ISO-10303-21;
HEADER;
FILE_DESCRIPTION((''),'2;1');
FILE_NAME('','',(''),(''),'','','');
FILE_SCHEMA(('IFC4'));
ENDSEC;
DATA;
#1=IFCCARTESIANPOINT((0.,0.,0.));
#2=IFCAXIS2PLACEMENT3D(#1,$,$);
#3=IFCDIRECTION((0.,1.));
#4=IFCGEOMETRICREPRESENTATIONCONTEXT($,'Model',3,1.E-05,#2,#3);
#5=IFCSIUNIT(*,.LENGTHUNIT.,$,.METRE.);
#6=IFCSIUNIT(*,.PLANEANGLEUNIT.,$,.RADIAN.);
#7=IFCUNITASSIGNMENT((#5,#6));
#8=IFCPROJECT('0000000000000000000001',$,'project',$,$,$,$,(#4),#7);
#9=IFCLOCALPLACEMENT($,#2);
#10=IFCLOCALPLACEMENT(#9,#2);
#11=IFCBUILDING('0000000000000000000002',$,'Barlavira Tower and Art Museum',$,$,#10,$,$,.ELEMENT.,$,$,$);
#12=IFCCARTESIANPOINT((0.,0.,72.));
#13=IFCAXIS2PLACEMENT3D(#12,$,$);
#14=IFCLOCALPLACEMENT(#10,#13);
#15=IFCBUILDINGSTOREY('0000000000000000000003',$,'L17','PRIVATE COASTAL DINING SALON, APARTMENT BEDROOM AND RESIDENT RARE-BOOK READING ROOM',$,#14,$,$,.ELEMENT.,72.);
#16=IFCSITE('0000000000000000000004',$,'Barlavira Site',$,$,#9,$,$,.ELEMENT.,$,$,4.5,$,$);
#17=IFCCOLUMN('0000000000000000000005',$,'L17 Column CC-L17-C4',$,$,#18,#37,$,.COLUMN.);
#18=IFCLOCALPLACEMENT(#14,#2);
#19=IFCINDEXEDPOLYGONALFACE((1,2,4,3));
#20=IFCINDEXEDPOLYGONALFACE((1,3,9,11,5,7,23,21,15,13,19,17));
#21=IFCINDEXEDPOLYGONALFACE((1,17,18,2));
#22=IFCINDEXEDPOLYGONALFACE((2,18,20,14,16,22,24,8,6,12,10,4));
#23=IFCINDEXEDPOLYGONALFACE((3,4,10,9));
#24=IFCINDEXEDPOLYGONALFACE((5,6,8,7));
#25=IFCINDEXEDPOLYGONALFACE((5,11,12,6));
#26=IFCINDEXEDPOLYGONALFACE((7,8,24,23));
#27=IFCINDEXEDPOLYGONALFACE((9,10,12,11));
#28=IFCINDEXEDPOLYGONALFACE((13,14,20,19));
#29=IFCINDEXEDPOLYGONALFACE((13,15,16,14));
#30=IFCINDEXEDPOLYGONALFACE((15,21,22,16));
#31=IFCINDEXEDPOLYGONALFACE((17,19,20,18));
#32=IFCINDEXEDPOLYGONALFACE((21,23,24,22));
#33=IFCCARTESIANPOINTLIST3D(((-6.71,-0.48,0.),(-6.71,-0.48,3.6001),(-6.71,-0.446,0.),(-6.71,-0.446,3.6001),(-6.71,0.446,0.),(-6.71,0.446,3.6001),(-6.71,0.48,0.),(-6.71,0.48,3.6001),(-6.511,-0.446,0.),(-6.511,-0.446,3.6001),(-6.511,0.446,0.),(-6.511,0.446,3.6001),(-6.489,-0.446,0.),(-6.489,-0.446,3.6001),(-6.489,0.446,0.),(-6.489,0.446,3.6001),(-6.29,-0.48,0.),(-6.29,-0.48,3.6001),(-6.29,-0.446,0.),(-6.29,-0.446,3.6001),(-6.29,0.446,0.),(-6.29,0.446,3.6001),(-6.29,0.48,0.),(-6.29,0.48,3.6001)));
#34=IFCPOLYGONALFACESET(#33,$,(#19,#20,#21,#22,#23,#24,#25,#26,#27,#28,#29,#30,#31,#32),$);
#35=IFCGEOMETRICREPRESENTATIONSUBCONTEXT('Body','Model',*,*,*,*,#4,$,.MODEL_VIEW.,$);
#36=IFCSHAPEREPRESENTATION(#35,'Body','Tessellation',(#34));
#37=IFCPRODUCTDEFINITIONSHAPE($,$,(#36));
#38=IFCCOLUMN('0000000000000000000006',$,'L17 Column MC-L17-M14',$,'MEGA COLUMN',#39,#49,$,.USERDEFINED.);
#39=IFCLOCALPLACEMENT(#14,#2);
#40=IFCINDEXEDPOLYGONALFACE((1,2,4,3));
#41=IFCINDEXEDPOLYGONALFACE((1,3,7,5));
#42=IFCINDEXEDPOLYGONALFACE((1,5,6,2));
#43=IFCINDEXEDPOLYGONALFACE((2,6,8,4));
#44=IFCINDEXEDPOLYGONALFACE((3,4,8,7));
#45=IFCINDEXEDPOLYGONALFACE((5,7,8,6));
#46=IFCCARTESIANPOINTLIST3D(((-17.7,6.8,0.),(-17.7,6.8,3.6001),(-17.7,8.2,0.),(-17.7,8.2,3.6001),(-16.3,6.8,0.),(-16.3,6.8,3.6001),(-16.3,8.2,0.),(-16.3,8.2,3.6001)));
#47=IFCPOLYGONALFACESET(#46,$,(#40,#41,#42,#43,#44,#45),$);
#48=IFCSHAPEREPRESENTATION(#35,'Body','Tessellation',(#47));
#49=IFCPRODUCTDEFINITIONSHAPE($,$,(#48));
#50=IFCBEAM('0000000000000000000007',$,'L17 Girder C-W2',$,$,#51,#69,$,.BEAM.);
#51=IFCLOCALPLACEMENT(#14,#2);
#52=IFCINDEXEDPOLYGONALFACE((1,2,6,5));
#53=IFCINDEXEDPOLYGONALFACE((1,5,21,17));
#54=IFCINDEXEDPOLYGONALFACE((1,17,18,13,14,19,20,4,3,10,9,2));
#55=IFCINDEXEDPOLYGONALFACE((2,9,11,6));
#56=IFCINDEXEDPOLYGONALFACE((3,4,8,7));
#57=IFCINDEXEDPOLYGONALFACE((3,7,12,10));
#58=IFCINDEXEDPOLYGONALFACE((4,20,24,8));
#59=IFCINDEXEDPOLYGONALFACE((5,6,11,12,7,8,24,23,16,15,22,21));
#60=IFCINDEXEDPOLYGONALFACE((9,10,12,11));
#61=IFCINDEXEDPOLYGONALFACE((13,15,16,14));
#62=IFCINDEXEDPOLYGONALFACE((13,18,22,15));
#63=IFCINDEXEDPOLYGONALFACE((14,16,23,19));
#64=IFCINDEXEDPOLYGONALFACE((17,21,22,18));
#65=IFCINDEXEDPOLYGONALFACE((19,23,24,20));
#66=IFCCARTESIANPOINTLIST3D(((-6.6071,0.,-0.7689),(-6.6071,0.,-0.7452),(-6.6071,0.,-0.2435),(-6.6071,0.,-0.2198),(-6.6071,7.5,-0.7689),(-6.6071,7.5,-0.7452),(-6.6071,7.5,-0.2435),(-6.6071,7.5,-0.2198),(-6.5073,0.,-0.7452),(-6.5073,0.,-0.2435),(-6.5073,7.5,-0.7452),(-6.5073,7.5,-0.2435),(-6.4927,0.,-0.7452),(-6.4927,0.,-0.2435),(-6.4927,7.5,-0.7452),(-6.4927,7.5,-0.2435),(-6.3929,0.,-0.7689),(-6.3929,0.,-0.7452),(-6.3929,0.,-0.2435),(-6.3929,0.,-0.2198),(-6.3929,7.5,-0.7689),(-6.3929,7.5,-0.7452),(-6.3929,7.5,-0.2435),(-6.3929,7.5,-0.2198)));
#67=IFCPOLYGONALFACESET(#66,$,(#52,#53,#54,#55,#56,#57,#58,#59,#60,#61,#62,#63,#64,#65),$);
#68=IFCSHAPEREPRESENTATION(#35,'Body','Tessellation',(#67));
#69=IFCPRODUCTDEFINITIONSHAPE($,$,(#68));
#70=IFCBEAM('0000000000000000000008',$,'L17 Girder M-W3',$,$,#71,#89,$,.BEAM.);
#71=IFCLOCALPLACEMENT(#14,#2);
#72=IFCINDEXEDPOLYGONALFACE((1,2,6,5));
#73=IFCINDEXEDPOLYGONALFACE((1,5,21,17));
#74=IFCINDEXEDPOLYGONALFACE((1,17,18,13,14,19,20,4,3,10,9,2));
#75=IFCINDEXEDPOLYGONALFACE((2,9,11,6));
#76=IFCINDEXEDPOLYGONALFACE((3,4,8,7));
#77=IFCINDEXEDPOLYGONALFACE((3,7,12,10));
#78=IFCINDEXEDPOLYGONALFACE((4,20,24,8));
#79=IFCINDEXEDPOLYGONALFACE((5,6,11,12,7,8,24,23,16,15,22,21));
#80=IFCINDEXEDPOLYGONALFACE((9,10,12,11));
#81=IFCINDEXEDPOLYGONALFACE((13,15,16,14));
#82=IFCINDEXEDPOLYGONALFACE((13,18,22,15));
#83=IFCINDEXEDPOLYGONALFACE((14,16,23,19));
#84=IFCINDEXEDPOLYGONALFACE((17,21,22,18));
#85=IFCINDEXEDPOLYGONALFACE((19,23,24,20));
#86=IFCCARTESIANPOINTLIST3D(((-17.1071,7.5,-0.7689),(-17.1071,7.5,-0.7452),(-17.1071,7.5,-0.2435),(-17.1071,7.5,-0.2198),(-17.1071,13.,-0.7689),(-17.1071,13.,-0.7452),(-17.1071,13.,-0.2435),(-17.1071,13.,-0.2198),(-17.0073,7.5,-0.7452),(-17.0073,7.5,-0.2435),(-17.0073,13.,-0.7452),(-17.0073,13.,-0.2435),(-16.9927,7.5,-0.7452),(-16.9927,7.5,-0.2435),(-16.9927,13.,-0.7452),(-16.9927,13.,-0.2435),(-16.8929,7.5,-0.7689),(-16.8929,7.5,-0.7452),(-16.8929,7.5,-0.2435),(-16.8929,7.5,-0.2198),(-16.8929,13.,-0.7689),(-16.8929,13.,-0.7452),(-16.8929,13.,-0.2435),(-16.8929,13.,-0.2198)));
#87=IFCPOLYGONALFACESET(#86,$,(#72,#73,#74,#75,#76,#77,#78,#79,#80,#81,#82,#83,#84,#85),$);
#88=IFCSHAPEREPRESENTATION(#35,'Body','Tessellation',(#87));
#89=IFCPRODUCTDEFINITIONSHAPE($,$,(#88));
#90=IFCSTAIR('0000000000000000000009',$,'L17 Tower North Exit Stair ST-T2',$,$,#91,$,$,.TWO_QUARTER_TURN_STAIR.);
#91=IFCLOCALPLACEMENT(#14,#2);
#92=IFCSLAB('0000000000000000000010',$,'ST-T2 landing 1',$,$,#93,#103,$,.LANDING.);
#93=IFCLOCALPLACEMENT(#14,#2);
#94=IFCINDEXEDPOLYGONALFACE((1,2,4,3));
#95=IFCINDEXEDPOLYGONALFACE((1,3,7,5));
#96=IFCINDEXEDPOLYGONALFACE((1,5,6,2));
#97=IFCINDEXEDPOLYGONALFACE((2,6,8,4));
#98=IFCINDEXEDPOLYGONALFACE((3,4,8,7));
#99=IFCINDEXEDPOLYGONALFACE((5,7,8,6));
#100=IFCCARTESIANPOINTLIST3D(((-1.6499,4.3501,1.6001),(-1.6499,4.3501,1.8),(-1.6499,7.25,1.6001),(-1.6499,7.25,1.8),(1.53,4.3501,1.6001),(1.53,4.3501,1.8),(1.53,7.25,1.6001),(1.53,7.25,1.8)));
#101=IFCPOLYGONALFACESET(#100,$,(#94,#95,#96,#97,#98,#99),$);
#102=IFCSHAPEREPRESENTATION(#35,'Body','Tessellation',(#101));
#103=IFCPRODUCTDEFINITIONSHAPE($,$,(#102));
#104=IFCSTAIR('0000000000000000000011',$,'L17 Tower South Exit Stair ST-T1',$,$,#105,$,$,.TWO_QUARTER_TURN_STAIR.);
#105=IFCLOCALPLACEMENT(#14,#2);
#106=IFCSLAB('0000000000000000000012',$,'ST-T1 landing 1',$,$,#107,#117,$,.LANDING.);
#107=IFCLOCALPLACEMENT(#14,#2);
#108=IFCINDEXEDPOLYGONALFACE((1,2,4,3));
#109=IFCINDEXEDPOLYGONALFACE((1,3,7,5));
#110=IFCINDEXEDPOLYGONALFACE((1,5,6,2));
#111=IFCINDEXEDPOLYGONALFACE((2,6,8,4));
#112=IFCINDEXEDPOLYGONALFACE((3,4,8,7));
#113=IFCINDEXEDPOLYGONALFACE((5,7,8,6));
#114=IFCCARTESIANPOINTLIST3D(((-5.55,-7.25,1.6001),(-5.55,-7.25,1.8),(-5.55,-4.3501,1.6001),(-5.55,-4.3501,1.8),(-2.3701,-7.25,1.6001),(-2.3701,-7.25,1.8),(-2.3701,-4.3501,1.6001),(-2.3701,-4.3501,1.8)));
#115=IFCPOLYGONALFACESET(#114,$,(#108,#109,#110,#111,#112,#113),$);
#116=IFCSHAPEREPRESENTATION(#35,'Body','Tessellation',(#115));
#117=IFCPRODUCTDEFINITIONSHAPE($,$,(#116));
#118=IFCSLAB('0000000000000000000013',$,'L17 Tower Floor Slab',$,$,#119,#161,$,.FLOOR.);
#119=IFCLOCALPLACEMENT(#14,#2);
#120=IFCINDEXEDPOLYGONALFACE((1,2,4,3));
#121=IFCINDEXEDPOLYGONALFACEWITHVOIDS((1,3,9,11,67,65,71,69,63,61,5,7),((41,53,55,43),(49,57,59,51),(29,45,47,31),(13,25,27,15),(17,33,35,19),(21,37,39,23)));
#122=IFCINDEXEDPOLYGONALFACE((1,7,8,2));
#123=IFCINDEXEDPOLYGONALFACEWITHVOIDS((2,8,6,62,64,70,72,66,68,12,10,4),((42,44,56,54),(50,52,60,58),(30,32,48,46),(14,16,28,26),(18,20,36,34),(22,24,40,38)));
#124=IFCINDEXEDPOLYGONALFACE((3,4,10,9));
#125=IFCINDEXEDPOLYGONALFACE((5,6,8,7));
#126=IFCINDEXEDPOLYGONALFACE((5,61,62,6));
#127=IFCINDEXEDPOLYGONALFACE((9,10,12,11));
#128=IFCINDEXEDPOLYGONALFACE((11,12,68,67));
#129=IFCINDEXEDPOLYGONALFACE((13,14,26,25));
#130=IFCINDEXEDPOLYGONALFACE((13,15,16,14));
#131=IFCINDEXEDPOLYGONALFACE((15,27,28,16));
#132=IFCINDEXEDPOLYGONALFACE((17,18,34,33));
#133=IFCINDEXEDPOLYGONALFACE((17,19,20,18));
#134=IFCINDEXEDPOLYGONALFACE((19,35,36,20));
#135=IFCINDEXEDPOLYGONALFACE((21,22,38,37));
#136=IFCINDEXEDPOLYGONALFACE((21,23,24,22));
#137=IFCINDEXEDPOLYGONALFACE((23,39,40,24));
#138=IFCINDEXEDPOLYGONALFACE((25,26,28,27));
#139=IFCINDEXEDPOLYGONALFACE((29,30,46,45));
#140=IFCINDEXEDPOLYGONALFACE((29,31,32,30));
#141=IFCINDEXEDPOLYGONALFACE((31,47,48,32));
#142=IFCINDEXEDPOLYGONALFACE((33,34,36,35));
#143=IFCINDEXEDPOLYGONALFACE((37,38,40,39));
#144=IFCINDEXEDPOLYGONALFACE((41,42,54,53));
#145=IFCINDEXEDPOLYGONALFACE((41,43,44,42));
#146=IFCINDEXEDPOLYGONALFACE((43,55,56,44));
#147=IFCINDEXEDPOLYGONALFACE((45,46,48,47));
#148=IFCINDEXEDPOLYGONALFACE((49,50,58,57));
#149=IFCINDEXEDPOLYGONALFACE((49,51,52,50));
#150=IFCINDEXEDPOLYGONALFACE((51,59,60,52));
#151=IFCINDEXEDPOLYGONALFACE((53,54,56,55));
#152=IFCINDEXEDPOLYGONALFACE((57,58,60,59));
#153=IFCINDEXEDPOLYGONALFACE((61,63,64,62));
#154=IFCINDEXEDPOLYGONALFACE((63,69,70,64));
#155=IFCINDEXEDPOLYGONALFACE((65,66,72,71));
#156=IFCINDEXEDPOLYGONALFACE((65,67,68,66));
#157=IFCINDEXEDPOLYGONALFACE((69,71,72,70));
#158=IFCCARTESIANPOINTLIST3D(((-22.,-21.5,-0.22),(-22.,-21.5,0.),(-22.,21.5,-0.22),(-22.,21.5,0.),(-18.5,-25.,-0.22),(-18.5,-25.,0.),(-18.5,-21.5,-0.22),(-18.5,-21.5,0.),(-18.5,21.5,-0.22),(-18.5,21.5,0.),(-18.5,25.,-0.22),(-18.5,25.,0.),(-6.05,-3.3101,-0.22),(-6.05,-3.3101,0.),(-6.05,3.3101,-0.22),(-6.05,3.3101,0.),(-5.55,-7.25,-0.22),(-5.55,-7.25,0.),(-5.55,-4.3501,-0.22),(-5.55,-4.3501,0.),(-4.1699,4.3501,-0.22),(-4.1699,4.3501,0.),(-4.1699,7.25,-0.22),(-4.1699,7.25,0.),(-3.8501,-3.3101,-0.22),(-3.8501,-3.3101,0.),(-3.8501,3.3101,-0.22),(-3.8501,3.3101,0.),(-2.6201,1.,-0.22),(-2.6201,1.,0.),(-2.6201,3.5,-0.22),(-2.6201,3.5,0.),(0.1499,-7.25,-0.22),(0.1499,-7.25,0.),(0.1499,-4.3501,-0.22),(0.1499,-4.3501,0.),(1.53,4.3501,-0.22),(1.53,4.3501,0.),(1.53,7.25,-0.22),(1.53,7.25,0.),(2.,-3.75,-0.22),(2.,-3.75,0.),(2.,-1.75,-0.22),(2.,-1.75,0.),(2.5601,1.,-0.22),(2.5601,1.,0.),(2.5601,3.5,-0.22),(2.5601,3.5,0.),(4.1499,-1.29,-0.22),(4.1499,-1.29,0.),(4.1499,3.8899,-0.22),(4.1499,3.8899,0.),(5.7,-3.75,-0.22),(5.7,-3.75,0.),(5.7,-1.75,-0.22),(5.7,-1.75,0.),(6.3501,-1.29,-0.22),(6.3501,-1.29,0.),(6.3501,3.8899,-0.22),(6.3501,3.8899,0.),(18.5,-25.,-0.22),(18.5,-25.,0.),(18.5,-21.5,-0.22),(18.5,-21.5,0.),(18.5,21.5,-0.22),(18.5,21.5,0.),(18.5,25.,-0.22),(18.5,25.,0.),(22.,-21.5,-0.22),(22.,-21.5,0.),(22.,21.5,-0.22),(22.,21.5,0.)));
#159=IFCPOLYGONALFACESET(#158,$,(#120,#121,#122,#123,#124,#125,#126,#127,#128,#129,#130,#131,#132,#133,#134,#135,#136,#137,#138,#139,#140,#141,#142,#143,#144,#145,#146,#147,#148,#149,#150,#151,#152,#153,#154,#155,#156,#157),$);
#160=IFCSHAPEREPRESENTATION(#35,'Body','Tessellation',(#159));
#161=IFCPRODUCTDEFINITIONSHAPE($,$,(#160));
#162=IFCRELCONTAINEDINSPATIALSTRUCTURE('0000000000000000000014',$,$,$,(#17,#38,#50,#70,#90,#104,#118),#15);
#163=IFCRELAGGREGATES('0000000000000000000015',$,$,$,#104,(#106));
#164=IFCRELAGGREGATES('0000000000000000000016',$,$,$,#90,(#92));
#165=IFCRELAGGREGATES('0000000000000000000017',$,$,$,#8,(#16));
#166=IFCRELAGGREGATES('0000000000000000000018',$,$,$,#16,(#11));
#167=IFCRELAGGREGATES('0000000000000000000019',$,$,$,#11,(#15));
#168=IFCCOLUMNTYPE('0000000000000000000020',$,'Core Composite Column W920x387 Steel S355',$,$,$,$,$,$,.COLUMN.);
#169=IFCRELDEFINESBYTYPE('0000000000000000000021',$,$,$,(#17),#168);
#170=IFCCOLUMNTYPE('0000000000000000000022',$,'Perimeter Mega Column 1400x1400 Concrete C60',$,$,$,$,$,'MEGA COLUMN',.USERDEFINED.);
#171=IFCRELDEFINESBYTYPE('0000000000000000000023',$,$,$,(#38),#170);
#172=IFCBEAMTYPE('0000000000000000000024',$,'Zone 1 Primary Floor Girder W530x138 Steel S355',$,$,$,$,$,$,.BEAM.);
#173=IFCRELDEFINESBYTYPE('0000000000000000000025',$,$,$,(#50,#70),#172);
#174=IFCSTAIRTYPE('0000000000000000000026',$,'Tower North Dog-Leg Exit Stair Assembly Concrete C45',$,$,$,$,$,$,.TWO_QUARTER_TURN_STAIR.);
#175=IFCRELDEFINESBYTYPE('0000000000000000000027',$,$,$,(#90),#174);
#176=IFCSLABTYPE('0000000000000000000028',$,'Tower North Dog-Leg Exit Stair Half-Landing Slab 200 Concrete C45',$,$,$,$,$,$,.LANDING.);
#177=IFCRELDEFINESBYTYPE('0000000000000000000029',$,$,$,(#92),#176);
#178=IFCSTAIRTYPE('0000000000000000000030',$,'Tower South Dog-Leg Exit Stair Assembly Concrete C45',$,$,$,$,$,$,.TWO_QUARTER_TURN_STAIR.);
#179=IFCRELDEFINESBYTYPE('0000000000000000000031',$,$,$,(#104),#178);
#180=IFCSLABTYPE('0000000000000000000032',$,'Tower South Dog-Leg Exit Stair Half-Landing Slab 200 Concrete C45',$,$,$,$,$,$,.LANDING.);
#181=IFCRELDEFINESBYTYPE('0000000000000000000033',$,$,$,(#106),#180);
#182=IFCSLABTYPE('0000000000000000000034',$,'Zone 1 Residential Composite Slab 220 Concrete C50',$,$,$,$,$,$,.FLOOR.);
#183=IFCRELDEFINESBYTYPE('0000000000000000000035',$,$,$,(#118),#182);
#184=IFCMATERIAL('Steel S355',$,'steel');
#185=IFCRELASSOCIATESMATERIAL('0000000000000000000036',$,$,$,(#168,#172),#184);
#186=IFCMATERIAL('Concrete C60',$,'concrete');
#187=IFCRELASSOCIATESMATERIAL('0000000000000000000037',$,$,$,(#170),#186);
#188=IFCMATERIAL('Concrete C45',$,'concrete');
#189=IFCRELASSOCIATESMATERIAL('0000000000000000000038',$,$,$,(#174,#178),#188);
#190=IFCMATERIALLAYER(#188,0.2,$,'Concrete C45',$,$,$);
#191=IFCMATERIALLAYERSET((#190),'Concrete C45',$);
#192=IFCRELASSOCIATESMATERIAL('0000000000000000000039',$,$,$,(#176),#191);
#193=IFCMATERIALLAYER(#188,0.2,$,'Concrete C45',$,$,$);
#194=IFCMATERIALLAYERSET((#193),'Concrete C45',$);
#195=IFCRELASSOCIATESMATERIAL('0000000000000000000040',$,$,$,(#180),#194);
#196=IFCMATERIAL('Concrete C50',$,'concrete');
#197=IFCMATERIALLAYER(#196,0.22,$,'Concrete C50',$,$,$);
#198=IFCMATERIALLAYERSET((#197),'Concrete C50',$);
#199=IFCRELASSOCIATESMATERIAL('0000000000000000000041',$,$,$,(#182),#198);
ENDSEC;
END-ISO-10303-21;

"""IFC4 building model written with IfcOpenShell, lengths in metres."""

from ifc_helpers import new_model, si_unit, direction, frame, origin, origin_2d, place, context, subcontext, project, spatial, polyline, rectangle, i_section, outline, extrude, material, layer, layer_set, material_profile, profile_set, type_object, element, aggregate, save


model = new_model("IFC4")

# Units and contexts
model_context = context("Model", 3, precision=1e-05, world=origin(), true_north=direction((0.0, 1.0)))
body_context = subcontext(model_context, "Body", "Model", "MODEL_VIEW")
ifc_project = project(units=[si_unit("LENGTHUNIT", "METRE"), si_unit("PLANEANGLEUNIT", "RADIAN")], contexts=[model_context])

# Site, building, storey
site_placement = place(None, origin())
site = spatial("IfcSite", under=ifc_project, at=site_placement, Name="Barlavira Site", CompositionType="ELEMENT", RefElevation=4.5)
building_placement = place(site_placement, origin())
building = spatial("IfcBuilding", under=site, at=building_placement, Name="Barlavira Tower and Art Museum", CompositionType="ELEMENT")
storey_placement = place(building_placement, frame((0.0, 0.0, 72.0)))
storey = spatial("IfcBuildingStorey", under=building, at=storey_placement, Name="L17", Description="PRIVATE COASTAL DINING SALON, APARTMENT BEDROOM AND RESIDENT RARE-BOOK READING ROOM", CompositionType="ELEMENT", Elevation=72.0)

# Columns
ifc_material_1 = material(Name="Steel S355", Category="steel")
ifc_material_profile_1 = material_profile(ifc_material_1, i_section(OverallWidth=0.4199, OverallDepth=0.96, WebThickness=0.022, FlangeThickness=0.0339, at=origin_2d()), Name="W920x387.0")
ifc_profile_set_1 = profile_set([ifc_material_profile_1], Name="Steel S355")
column_type_1 = type_object("IfcColumnType", Name="Core Composite Column W920x387 Steel S355", PredefinedType="COLUMN", material=ifc_profile_set_1)
column_1_placement = place(storey_placement, frame((-6.5, 0.0, 0.0), z_axis=(0.0, 0.0, 1.0), x_axis=(1.0, 0.0, 0.0)))
element("IfcColumn", 1, at=column_1_placement, inside=storey, type_object=column_type_1, Name="L17 Column CC-L17-C4", PredefinedType="COLUMN", context=body_context, shape_type="SweptSolid", body=[
    extrude(i_section(OverallWidth=0.4199, OverallDepth=0.96, WebThickness=0.022, FlangeThickness=0.0339, at=origin_2d()), origin(), (0.0, 0.0, 1.0), 3.6001),
])
ifc_material_2 = material(Name="Concrete C60", Category="concrete")
ifc_material_profile_2 = material_profile(ifc_material_2, rectangle(XDim=1.3999, YDim=1.3999, at=origin_2d()), Name="RC-MCOL 1400x1400")
ifc_profile_set_2 = profile_set([ifc_material_profile_2], Name="Concrete C60")
column_type_2 = type_object("IfcColumnType", Name="Perimeter Mega Column 1400x1400 Concrete C60", ElementType="MEGA COLUMN", PredefinedType="USERDEFINED", material=ifc_profile_set_2)
column_2_placement = place(storey_placement, frame((-17.0, 7.5, 0.0), z_axis=(0.0, 0.0, 1.0), x_axis=(1.0, 0.0, 0.0)))
element("IfcColumn", 2, at=column_2_placement, inside=storey, type_object=column_type_2, Name="L17 Column MC-L17-M14", ObjectType="MEGA COLUMN", PredefinedType="USERDEFINED", context=body_context, shape_type="SweptSolid", body=[
    extrude(rectangle(XDim=1.3999, YDim=1.3999, at=origin_2d()), origin(), (0.0, 0.0, 1.0), 3.6001),
])

# Beams
ifc_material_profile_3 = material_profile(ifc_material_1, i_section(OverallWidth=0.2141, OverallDepth=0.5491, WebThickness=0.0146, FlangeThickness=0.0237, at=origin_2d()), Name="W530x138.0")
ifc_profile_set_3 = profile_set([ifc_material_profile_3], Name="Steel S355")
beam_type = type_object("IfcBeamType", Name="Zone 1 Primary Floor Girder W530x138 Steel S355", PredefinedType="BEAM", material=ifc_profile_set_3)
beam_1_placement = place(storey_placement, frame((-6.5, 0.0, -0.4944), z_axis=(0.0, 1.0, 0.0), x_axis=(-1.0, 0.0, 0.0)))
element("IfcBeam", 3, at=beam_1_placement, inside=storey, type_object=beam_type, Name="L17 Girder C-W2", PredefinedType="BEAM", context=body_context, shape_type="SweptSolid", body=[
    extrude(i_section(OverallWidth=0.2141, OverallDepth=0.5491, WebThickness=0.0146, FlangeThickness=0.0237, at=origin_2d()), origin(), (0.0, 0.0, 1.0), 7.5),
])
beam_2_placement = place(storey_placement, frame((-17.0, 7.5, -0.4944), z_axis=(0.0, 1.0, 0.0), x_axis=(-1.0, 0.0, 0.0)))
element("IfcBeam", 4, at=beam_2_placement, inside=storey, type_object=beam_type, Name="L17 Girder M-W3", PredefinedType="BEAM", context=body_context, shape_type="SweptSolid", body=[
    extrude(i_section(OverallWidth=0.2141, OverallDepth=0.5491, WebThickness=0.0146, FlangeThickness=0.0237, at=origin_2d()), origin(), (0.0, 0.0, 1.0), 5.5),
])

# Stairs, slabs
ifc_material_3 = material(Name="Concrete C45", Category="concrete")
stair_type_1 = type_object("IfcStairType", Name="Tower North Dog-Leg Exit Stair Assembly Concrete C45", PredefinedType="TWO_QUARTER_TURN_STAIR", material=ifc_material_3)
stair_1_placement = place(storey_placement, origin())
stair_1 = element("IfcStair", 5, at=stair_1_placement, inside=storey, type_object=stair_type_1, Name="L17 Tower North Exit Stair ST-T2", PredefinedType="TWO_QUARTER_TURN_STAIR")
ifc_layer_1 = layer(ifc_material_3, 0.2, Name="Concrete C45")
ifc_layer_set_1 = layer_set([ifc_layer_1], Name="Concrete C45")
slab_type_1 = type_object("IfcSlabType", Name="Tower North Dog-Leg Exit Stair Half-Landing Slab 200 Concrete C45", PredefinedType="LANDING", material=ifc_layer_set_1)
slab_1_placement = place(storey_placement, frame((0.0, 0.0, 1.6001)))
slab_1 = element("IfcSlab", 6, at=slab_1_placement, type_object=slab_type_1, Name="ST-T2 landing 1", PredefinedType="LANDING", context=body_context, shape_type="SweptSolid", body=[
    extrude(outline(polyline([(-1.6499, 4.3501), (1.53, 4.3501), (1.53, 7.25), (-1.6499, 7.25), (-1.6499, 4.3501)])), origin(), (0.0, 0.0, 1.0), 0.2),
])
stair_type_2 = type_object("IfcStairType", Name="Tower South Dog-Leg Exit Stair Assembly Concrete C45", PredefinedType="TWO_QUARTER_TURN_STAIR", material=ifc_material_3)
stair_2_placement = place(storey_placement, origin())
stair_2 = element("IfcStair", 7, at=stair_2_placement, inside=storey, type_object=stair_type_2, Name="L17 Tower South Exit Stair ST-T1", PredefinedType="TWO_QUARTER_TURN_STAIR")
ifc_layer_2 = layer(ifc_material_3, 0.2, Name="Concrete C45")
ifc_layer_set_2 = layer_set([ifc_layer_2], Name="Concrete C45")
slab_type_2 = type_object("IfcSlabType", Name="Tower South Dog-Leg Exit Stair Half-Landing Slab 200 Concrete C45", PredefinedType="LANDING", material=ifc_layer_set_2)
slab_2_placement = place(storey_placement, frame((0.0, 0.0, 1.6001)))
slab_2 = element("IfcSlab", 8, at=slab_2_placement, type_object=slab_type_2, Name="ST-T1 landing 1", PredefinedType="LANDING", context=body_context, shape_type="SweptSolid", body=[
    extrude(outline(polyline([(-2.3701, -4.3501), (-5.55, -4.3501), (-5.55, -7.25), (-2.3701, -7.25), (-2.3701, -4.3501)])), origin(), (0.0, 0.0, 1.0), 0.2),
])
aggregate(stair_2, [slab_2])

# Slab
ifc_material_4 = material(Name="Concrete C50", Category="concrete")
ifc_layer_3 = layer(ifc_material_4, 0.22, Name="Concrete C50")
ifc_layer_set_3 = layer_set([ifc_layer_3], Name="Concrete C50")
slab_type_3 = type_object("IfcSlabType", Name="Zone 1 Residential Composite Slab 220 Concrete C50", PredefinedType="FLOOR", material=ifc_layer_set_3)
slab_3_placement = place(storey_placement, frame((0.0, 0.0, -0.22)))
element("IfcSlab", 9, at=slab_3_placement, inside=storey, type_object=slab_type_3, Name="L17 Tower Floor Slab", PredefinedType="FLOOR", context=body_context, shape_type="SweptSolid", body=[
    extrude(outline(polyline([(-18.5, -25.0), (18.5, -25.0), (18.5, -21.5), (22.0, -21.5), (22.0, 21.5), (18.5, 21.5), (18.5, 25.0), (-18.5, 25.0), (-18.5, 21.5), (-22.0, 21.5), (-22.0, -21.5), (-18.5, -21.5), (-18.5, -25.0)]), holes=[polyline([(0.1499, -4.3501), (-5.55, -4.3501), (-5.55, -7.25), (0.1499, -7.25), (0.1499, -4.3501)]), polyline([(-4.1699, 4.3501), (1.53, 4.3501), (1.53, 7.25), (-4.1699, 7.25), (-4.1699, 4.3501)]), polyline([(-6.05, -3.3101), (-3.8501, -3.3101), (-3.8501, 3.3101), (-6.05, 3.3101), (-6.05, -3.3101)]), polyline([(4.1499, -1.29), (6.3501, -1.29), (6.3501, 3.8899), (4.1499, 3.8899), (4.1499, -1.29)]), polyline([(-2.6201, 1.0), (2.5601, 1.0), (2.5601, 3.5), (-2.6201, 3.5), (-2.6201, 1.0)]), polyline([(2.0, -3.75), (5.7, -3.75), (5.7, -1.75), (2.0, -1.75), (2.0, -3.75)])]), origin(), (0.0, 0.0, 1.0), 0.22),
])

aggregate(stair_1, [slab_1])

save(model, "model.ifc")
